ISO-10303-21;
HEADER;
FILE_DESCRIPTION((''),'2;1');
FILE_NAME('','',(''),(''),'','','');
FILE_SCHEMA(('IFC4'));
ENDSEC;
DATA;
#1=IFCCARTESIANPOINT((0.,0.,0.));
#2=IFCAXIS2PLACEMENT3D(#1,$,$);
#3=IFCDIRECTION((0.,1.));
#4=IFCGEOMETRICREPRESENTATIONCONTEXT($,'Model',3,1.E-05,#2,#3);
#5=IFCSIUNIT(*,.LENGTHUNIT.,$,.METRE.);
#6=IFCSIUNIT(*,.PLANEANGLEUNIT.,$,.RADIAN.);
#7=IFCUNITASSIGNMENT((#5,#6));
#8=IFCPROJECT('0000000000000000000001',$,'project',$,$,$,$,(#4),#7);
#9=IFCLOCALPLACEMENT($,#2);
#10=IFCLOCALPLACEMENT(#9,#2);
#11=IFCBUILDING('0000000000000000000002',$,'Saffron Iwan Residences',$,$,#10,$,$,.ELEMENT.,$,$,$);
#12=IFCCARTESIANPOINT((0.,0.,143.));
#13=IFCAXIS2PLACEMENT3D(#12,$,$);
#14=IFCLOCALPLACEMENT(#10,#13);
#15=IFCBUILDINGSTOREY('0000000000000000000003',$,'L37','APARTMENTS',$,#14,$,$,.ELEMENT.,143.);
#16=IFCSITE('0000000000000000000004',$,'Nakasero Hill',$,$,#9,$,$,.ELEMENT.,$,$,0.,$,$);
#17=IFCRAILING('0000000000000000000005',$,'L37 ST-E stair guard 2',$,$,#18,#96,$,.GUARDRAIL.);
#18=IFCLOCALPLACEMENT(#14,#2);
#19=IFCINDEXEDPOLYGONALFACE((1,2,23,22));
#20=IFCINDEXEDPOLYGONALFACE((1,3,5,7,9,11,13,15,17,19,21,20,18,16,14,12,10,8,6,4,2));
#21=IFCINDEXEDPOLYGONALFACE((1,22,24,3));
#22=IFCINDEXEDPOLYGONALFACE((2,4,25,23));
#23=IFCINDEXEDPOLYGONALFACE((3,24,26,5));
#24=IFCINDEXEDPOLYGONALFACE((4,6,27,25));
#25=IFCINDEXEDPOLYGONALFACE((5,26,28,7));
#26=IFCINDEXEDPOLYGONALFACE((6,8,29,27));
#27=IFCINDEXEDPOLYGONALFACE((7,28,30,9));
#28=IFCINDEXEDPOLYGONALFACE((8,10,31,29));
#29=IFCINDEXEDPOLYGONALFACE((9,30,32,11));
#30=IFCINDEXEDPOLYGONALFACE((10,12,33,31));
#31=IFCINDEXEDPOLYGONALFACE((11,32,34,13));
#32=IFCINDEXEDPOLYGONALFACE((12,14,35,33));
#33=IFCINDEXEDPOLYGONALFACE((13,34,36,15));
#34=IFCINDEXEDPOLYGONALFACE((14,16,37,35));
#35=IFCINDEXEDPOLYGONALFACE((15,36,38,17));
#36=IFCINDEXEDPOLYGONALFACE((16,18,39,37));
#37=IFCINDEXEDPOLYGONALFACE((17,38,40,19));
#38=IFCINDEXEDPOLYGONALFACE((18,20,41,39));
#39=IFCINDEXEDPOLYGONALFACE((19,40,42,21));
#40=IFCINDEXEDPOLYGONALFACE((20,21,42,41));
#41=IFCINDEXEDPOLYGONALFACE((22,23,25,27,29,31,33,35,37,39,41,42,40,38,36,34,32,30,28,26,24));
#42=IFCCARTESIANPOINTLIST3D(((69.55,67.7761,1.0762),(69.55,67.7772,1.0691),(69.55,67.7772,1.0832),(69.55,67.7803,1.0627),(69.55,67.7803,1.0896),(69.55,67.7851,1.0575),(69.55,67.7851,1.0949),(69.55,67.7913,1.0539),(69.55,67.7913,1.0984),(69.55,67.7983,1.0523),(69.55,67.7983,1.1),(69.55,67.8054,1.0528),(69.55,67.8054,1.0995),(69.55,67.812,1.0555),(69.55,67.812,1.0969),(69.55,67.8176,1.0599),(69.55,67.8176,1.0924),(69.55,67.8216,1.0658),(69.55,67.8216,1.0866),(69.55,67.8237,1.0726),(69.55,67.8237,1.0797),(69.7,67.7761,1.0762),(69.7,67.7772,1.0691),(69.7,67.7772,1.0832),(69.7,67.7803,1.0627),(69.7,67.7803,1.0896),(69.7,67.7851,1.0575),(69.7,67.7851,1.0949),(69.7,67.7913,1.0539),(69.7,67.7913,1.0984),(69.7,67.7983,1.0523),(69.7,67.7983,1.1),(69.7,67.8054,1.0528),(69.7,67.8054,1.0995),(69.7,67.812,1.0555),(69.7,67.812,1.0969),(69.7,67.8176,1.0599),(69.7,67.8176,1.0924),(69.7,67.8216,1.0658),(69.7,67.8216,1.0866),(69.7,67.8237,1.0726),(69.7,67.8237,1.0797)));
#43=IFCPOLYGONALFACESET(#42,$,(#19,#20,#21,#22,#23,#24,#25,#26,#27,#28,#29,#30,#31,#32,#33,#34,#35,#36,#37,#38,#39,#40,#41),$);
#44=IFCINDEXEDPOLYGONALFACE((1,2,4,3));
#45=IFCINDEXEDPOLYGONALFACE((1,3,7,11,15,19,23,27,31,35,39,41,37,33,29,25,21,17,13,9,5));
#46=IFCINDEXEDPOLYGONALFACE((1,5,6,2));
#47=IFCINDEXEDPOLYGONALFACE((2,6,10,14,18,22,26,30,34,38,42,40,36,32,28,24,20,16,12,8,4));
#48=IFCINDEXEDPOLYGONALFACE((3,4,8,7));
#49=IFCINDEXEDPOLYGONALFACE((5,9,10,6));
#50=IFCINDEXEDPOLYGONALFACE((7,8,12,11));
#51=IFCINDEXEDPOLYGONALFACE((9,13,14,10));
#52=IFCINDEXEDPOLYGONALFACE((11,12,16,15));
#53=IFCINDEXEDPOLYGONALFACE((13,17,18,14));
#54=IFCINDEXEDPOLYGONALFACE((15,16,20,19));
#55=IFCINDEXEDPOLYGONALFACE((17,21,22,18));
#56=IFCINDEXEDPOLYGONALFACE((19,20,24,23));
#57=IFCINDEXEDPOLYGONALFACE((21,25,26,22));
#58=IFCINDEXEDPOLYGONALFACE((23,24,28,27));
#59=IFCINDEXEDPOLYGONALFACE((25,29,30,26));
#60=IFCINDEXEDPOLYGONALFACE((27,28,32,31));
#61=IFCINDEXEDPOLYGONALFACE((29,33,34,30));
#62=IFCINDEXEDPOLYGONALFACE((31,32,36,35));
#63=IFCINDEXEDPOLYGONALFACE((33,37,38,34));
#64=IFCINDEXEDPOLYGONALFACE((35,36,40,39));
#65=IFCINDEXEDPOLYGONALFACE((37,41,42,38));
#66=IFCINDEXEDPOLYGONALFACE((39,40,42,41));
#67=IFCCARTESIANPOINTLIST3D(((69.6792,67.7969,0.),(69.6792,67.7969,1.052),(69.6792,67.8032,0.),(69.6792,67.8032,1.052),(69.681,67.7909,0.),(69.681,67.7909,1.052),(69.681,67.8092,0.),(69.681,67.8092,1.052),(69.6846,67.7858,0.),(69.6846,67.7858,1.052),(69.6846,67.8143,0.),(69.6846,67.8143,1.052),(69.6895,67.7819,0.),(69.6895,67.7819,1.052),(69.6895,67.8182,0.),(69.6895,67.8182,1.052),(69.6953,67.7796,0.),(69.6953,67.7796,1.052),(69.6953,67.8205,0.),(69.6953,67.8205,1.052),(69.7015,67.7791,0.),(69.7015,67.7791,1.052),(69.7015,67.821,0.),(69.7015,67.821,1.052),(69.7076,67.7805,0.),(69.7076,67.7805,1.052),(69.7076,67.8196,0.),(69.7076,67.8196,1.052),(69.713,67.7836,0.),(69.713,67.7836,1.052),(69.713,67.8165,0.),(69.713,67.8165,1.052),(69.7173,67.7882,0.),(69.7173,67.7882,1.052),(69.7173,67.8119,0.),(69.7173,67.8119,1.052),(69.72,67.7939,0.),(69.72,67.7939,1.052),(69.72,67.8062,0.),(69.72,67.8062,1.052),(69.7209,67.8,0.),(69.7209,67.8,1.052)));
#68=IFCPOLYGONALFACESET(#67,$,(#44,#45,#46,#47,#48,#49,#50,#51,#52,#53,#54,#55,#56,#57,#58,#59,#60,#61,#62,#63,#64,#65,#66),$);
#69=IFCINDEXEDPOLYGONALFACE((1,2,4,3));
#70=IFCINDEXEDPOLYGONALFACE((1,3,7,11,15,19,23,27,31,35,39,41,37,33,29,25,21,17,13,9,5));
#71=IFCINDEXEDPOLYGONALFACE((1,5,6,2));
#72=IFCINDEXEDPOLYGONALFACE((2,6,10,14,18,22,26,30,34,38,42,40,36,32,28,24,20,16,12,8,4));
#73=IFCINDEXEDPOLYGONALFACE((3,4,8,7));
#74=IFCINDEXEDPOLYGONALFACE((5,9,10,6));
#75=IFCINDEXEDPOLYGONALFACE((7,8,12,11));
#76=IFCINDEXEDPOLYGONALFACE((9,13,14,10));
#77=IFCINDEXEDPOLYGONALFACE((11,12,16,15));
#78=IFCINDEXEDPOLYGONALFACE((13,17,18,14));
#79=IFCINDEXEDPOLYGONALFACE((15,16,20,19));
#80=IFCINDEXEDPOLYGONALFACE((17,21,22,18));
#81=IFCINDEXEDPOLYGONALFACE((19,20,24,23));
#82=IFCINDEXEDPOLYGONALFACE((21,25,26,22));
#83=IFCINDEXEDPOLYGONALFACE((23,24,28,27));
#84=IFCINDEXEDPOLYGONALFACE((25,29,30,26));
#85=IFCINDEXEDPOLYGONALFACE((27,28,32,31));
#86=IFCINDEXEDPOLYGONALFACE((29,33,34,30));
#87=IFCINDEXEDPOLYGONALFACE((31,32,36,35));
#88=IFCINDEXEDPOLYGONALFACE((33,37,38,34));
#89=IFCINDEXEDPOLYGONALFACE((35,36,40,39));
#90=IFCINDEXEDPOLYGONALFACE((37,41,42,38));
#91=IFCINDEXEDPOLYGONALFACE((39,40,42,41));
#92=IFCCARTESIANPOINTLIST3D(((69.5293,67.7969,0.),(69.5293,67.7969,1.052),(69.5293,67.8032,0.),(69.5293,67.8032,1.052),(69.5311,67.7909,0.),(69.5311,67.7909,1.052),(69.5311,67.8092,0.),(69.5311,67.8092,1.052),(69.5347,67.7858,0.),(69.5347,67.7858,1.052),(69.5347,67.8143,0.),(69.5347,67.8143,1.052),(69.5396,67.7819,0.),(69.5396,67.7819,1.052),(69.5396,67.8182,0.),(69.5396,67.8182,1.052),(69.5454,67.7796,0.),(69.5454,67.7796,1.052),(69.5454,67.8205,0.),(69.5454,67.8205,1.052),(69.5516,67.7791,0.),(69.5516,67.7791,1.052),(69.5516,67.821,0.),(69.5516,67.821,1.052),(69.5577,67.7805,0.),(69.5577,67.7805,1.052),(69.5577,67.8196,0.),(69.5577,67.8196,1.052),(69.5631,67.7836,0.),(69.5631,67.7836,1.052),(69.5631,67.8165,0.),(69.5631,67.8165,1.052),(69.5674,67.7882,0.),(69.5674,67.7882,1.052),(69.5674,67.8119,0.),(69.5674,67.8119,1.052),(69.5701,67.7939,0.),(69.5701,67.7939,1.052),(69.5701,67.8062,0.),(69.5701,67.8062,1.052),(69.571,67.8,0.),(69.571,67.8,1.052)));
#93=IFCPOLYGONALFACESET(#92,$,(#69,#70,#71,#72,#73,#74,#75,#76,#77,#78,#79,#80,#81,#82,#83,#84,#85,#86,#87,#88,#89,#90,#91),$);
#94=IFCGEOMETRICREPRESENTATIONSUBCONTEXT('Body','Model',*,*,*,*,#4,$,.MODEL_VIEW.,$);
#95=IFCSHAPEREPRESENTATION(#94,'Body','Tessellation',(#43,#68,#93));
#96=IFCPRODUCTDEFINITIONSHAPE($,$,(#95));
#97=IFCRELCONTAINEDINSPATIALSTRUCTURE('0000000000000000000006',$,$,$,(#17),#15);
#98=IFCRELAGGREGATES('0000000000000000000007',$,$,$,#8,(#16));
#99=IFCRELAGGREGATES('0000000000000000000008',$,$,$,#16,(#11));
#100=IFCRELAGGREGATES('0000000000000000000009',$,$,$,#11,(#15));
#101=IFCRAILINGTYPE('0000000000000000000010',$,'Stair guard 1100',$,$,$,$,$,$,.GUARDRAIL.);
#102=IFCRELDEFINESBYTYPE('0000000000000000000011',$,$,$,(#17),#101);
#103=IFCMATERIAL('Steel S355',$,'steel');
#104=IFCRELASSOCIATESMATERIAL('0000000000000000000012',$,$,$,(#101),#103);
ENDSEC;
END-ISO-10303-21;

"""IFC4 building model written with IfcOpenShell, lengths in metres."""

from ifc_helpers import new_model, si_unit, direction, frame, origin, origin_2d, place, context, subcontext, project, spatial, circle, extrude, material, type_object, element, save


model = new_model("IFC4")

# Units and contexts
model_context = context("Model", 3, precision=1e-05, world=origin(), true_north=direction((0.0, 1.0)))
body_context = subcontext(model_context, "Body", "Model", "MODEL_VIEW")
ifc_project = project(units=[si_unit("LENGTHUNIT", "METRE"), si_unit("PLANEANGLEUNIT", "RADIAN")], contexts=[model_context])

# Site, building, storey
site_placement = place(None, origin())
site = spatial("IfcSite", under=ifc_project, at=site_placement, Name="Nakasero Hill", CompositionType="ELEMENT", RefElevation=0.0)
building_placement = place(site_placement, origin())
building = spatial("IfcBuilding", under=site, at=building_placement, Name="Saffron Iwan Residences", CompositionType="ELEMENT")
storey_placement = place(building_placement, frame((0.0, 0.0, 143.0)))
storey = spatial("IfcBuildingStorey", under=building, at=storey_placement, Name="L37", Description="APARTMENTS", CompositionType="ELEMENT", Elevation=143.0)

# Railing
ifc_material_1 = material(Name="Steel S355", Category="steel")
railing_type_1 = type_object("IfcRailingType", Name="Stair guard 1100", PredefinedType="GUARDRAIL", material=ifc_material_1)
railing_1_placement = place(storey_placement, frame((69.7, 67.8, 0.0)))
element("IfcRailing", 1, at=railing_1_placement, inside=storey, type_object=railing_type_1, Name="L37 ST-E stair guard 2", PredefinedType="GUARDRAIL", context=body_context, shape_type="SweptSolid", body=[
    extrude(circle(Radius=0.0239, at=origin_2d()), frame((0.0, 0.0, 1.0762), z_axis=(-1.0, 0.0, 0.0), x_axis=(0.0, -1.0, 0.0)), (0.0, 0.0, 1.0), 0.1499),
    extrude(circle(Radius=0.021, at=origin_2d()), origin(), (0.0, 0.0, 1.0), 1.052),
    extrude(circle(Radius=0.021, at=origin_2d()), frame((-0.1499, 0.0, 0.0)), (0.0, 0.0, 1.0), 1.052),
])

save(model, "model.ifc")
